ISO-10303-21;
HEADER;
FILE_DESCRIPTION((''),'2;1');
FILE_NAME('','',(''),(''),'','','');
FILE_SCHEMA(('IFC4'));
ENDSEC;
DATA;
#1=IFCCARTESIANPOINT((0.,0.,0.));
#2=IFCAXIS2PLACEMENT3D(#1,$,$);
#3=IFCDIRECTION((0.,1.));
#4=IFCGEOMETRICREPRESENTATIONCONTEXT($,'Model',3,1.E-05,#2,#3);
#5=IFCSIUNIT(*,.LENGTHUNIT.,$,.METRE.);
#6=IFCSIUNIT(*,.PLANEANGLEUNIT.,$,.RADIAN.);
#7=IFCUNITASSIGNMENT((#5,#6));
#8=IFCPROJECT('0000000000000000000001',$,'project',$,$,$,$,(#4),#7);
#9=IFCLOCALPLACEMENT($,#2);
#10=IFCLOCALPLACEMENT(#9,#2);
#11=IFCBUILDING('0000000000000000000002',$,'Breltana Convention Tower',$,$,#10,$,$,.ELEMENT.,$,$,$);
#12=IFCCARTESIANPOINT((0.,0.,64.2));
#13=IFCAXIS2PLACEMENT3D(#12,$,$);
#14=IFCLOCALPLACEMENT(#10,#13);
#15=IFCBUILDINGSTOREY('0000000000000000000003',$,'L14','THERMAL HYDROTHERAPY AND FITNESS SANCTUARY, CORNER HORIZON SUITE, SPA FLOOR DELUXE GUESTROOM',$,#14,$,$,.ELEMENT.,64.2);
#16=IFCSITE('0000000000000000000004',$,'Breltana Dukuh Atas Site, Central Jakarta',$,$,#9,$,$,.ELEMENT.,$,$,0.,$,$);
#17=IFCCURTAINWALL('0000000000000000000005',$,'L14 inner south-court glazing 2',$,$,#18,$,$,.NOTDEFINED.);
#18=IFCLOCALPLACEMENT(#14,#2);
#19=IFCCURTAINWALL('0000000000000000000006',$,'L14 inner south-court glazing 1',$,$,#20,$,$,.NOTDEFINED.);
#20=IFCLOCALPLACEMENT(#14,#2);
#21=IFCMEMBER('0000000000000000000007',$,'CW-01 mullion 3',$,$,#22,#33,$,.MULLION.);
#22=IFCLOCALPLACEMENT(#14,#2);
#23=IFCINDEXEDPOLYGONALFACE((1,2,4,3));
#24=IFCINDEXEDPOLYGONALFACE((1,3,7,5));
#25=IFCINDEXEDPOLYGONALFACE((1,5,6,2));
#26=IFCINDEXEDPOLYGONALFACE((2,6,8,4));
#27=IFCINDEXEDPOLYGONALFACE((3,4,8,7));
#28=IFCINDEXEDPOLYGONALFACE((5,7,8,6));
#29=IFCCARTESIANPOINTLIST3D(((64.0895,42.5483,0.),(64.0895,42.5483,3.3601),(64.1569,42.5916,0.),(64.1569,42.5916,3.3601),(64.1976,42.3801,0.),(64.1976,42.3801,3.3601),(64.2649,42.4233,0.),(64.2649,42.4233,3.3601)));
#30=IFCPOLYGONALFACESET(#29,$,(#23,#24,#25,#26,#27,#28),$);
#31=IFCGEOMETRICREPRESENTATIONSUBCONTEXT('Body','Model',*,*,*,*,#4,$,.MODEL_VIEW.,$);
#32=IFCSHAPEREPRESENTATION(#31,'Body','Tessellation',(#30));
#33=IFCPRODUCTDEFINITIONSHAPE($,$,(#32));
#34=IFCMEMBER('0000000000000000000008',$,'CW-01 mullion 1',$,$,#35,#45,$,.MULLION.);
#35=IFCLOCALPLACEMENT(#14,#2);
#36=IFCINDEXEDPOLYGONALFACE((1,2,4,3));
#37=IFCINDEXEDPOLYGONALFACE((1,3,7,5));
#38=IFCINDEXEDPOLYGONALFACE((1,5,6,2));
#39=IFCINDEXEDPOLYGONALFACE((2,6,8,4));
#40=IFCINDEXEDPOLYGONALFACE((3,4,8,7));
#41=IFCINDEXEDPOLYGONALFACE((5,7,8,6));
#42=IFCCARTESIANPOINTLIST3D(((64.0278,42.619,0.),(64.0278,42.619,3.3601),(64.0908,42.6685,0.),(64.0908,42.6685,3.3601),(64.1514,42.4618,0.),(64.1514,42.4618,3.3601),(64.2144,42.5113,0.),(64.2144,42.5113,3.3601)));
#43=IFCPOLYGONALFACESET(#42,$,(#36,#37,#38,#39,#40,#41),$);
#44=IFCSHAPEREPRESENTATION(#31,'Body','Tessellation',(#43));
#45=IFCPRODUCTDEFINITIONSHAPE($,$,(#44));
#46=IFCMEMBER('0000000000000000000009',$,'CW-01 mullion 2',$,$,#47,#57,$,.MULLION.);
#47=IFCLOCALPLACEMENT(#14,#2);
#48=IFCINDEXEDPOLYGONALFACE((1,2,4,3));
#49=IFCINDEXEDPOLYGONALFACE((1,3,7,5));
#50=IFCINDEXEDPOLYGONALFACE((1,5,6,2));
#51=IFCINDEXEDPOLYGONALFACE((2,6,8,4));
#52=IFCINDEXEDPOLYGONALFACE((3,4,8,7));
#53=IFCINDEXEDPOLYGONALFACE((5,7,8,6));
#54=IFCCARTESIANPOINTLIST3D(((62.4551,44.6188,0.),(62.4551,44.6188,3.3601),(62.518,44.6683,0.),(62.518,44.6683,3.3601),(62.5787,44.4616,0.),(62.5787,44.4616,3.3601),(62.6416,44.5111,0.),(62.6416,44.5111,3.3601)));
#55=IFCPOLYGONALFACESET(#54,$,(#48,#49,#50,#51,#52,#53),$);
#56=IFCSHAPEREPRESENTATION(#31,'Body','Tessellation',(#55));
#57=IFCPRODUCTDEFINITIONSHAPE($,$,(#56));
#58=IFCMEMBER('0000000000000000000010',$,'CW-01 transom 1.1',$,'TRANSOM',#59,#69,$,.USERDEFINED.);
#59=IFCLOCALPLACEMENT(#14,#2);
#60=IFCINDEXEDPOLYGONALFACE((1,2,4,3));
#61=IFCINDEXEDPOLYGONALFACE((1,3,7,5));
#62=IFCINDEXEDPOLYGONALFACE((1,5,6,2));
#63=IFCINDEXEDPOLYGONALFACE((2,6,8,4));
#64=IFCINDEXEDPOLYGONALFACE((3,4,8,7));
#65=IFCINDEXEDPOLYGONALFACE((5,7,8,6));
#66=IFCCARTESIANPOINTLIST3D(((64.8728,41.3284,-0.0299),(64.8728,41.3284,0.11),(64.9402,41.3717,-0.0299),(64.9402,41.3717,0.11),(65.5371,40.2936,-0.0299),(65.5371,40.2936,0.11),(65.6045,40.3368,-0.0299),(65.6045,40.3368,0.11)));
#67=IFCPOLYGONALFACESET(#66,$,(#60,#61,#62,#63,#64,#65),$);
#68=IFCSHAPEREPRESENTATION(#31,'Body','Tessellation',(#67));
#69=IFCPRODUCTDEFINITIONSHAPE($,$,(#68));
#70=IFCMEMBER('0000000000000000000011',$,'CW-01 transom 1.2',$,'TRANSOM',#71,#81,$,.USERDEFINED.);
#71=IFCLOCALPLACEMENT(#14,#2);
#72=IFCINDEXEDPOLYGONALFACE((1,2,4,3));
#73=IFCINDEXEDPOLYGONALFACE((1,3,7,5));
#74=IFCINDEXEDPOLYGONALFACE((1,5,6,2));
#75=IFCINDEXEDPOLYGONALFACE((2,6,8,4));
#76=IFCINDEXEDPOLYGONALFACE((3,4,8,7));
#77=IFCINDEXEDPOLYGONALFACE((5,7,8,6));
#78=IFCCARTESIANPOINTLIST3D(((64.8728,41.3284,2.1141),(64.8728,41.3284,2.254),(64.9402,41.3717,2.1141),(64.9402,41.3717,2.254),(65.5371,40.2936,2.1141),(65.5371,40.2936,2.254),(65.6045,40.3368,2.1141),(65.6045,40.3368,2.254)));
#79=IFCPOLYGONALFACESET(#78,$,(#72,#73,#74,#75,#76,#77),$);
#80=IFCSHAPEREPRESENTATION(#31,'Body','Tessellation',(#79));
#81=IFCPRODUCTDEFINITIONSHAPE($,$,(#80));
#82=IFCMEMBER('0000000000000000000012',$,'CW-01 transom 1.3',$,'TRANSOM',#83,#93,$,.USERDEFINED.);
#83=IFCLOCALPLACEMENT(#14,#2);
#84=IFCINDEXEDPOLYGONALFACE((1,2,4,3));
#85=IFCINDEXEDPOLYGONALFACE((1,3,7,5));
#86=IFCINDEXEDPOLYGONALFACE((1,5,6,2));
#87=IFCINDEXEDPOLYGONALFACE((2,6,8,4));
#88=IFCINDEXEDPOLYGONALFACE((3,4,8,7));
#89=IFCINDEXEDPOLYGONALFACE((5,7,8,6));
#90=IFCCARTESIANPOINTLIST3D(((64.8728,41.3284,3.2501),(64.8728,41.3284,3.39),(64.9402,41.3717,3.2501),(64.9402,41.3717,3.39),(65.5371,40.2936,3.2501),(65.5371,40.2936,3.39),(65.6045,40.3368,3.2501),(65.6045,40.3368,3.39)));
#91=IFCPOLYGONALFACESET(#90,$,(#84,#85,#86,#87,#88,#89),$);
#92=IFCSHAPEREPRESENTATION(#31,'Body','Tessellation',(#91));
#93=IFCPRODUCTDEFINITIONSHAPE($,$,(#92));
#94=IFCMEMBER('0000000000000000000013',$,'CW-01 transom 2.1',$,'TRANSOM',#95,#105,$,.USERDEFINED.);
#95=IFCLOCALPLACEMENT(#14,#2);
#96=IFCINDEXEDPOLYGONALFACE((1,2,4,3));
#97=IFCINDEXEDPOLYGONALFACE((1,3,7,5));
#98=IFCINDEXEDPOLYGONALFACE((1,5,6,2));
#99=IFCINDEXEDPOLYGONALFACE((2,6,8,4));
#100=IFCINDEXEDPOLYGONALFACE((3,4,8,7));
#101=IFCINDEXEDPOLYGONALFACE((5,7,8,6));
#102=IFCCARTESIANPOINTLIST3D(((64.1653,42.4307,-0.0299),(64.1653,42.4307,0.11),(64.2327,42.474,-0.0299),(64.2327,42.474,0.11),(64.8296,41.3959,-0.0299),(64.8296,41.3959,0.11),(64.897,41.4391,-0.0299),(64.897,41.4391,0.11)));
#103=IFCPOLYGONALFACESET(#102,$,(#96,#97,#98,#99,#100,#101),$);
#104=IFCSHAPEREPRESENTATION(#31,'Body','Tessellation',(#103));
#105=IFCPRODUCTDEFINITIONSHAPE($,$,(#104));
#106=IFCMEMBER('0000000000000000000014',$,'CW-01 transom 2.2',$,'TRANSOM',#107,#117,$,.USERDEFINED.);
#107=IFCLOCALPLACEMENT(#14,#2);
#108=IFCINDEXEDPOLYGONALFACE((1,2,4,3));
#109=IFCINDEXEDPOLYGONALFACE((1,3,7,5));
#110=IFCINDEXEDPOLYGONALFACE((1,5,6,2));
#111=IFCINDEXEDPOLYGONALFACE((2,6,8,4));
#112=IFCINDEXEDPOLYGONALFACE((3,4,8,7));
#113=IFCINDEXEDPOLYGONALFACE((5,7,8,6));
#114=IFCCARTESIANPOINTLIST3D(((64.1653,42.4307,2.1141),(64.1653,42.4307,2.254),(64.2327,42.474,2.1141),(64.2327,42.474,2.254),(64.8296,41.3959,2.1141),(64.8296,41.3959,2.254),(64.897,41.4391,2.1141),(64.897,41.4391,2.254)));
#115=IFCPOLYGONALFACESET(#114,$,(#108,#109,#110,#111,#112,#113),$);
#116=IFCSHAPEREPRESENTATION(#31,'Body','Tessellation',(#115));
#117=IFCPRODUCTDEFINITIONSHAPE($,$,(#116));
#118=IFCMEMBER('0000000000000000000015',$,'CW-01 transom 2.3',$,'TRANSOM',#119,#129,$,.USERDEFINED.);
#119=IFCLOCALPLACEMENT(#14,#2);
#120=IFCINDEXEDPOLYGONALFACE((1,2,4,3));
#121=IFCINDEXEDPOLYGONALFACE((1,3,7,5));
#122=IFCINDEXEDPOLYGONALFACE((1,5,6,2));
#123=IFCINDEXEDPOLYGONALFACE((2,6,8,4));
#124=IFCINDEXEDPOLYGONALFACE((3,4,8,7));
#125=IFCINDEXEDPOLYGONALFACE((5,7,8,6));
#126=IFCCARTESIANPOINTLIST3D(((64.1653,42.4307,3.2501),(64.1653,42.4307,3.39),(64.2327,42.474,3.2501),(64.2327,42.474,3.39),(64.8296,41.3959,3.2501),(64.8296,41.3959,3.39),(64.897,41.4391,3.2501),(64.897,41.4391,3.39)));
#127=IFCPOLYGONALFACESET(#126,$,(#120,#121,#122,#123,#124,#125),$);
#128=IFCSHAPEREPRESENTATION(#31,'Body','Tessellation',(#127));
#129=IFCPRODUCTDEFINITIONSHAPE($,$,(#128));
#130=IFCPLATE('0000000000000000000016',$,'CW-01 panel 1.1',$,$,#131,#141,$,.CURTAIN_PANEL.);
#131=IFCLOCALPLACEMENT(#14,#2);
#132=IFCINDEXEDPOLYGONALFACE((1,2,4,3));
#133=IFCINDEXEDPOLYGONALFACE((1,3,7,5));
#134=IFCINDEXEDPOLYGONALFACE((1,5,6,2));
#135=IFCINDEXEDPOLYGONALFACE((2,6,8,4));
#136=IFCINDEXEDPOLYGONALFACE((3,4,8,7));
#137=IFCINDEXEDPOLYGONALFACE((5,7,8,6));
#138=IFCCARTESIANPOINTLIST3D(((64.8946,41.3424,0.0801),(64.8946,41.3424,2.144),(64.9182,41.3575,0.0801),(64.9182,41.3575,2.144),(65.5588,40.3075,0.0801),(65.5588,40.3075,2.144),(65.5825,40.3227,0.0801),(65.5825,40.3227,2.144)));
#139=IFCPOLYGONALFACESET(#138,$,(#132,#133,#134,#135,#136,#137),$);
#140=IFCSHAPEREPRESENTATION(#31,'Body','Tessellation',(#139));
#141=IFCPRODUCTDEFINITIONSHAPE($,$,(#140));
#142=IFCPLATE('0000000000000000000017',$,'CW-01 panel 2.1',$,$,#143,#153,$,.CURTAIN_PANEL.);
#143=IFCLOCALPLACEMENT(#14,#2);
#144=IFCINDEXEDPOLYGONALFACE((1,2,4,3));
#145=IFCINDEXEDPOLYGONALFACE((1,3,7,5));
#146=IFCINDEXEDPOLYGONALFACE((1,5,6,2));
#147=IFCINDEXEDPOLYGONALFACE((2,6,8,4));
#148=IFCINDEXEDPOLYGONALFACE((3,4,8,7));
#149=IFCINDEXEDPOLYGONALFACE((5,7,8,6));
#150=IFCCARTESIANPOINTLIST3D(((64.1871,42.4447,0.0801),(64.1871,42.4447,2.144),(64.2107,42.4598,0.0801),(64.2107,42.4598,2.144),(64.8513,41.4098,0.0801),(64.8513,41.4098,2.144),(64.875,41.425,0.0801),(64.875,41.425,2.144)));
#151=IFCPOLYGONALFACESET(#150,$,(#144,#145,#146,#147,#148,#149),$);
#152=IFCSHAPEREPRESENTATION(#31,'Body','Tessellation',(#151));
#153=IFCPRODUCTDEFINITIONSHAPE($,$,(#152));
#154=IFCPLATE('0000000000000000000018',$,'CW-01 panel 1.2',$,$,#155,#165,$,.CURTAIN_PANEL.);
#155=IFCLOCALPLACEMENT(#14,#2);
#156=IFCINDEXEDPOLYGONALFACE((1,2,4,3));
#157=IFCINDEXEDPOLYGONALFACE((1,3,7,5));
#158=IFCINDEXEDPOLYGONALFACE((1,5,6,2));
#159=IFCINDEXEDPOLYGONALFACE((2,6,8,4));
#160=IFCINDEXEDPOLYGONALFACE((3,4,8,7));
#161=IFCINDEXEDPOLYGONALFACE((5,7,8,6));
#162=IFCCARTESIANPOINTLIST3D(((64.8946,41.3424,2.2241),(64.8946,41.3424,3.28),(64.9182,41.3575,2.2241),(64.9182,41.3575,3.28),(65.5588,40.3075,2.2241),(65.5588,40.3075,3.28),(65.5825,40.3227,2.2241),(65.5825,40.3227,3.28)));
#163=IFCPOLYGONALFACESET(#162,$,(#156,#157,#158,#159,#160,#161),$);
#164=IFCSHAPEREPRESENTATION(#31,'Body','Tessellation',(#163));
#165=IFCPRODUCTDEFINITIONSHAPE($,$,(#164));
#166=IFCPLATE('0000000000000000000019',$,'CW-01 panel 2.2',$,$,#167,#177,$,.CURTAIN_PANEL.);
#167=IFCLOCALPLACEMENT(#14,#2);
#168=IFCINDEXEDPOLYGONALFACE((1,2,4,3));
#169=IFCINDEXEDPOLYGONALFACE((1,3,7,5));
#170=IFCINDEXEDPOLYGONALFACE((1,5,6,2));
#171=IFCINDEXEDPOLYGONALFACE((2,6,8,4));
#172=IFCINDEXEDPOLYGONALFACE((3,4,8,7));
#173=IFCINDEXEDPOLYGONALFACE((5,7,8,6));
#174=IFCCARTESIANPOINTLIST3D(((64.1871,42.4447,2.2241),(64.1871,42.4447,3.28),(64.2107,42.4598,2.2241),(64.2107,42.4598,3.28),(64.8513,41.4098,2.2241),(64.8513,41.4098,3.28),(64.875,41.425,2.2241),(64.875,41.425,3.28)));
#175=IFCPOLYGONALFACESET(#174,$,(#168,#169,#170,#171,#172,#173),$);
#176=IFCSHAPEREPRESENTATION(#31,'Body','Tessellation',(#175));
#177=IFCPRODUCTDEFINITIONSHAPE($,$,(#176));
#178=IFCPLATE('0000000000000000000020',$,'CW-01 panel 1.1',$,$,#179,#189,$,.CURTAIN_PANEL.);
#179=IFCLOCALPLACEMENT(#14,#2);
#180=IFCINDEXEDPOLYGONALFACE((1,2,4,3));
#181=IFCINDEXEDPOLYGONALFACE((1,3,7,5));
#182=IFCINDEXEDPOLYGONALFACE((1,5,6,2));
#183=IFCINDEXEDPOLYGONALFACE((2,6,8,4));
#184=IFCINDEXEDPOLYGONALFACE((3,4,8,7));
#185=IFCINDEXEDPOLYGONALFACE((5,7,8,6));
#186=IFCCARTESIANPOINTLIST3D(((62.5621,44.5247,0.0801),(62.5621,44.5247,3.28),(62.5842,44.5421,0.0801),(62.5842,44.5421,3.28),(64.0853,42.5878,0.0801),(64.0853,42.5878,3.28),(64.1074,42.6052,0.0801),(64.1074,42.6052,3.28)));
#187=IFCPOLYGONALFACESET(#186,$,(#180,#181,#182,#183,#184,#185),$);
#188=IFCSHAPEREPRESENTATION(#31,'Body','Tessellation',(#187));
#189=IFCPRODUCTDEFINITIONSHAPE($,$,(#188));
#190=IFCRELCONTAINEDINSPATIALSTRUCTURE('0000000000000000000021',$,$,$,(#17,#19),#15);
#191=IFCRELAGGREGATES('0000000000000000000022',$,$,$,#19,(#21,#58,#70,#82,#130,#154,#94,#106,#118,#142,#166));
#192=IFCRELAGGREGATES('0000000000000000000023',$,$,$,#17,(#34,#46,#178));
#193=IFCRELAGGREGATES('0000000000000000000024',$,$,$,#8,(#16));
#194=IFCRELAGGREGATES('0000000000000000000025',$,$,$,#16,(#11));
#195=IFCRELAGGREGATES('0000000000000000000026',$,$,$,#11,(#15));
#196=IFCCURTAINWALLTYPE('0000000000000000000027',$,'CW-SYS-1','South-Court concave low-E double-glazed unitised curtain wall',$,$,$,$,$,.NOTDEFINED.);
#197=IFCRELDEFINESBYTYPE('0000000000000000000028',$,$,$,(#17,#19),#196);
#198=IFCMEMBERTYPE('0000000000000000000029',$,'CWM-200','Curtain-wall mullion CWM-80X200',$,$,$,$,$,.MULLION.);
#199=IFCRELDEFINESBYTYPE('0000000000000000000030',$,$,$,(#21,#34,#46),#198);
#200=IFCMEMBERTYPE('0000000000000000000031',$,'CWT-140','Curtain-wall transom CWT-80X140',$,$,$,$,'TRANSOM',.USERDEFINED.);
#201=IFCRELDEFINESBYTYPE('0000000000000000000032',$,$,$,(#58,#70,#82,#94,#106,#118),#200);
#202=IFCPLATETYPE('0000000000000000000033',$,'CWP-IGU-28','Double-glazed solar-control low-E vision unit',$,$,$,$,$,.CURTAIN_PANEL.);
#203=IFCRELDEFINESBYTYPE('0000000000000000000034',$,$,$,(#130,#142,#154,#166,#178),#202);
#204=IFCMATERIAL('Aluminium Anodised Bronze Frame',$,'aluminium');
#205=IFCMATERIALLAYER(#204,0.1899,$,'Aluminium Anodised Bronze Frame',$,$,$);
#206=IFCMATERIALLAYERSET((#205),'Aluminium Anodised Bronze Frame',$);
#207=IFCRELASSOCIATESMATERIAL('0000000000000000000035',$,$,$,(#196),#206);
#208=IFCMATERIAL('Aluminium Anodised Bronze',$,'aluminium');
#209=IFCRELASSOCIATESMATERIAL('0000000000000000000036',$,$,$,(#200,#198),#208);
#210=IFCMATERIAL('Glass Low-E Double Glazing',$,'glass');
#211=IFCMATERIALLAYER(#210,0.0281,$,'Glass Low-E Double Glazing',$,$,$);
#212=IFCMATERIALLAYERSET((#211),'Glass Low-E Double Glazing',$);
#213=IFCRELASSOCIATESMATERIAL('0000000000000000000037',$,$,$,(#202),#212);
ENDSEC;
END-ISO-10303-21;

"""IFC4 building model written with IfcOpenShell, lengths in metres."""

from ifc_helpers import new_model, si_unit, direction, frame, origin, origin_2d, place, context, subcontext, project, spatial, rectangle, extrude, source, transform, mapped, material, layer, layer_set, material_profile, profile_set, type_object, element, aggregate, save


model = new_model("IFC4")

# Units and contexts
model_context = context("Model", 3, precision=1e-05, world=origin(), true_north=direction((0.0, 1.0)))
body_context = subcontext(model_context, "Body", "Model", "MODEL_VIEW")
ifc_project = project(units=[si_unit("LENGTHUNIT", "METRE"), si_unit("PLANEANGLEUNIT", "RADIAN")], contexts=[model_context])

# Site, building, storey
site_placement = place(None, origin())
site = spatial("IfcSite", under=ifc_project, at=site_placement, Name="Breltana Dukuh Atas Site, Central Jakarta", CompositionType="ELEMENT", RefElevation=0.0)
building_placement = place(site_placement, origin())
building = spatial("IfcBuilding", under=site, at=building_placement, Name="Breltana Convention Tower", CompositionType="ELEMENT")
storey_placement = place(building_placement, frame((0.0, 0.0, 64.2)))
storey = spatial("IfcBuildingStorey", under=building, at=storey_placement, Name="L14", Description="THERMAL HYDROTHERAPY AND FITNESS SANCTUARY, CORNER HORIZON SUITE, SPA FLOOR DELUXE GUESTROOM", CompositionType="ELEMENT", Elevation=64.2)

# Curtain walls, member
ifc_material_1 = material(Name="Aluminium Anodised Bronze Frame", Category="aluminium")
ifc_layer_1 = layer(ifc_material_1, 0.1899, Name="Aluminium Anodised Bronze Frame")
ifc_layer_set_1 = layer_set([ifc_layer_1], Name="Aluminium Anodised Bronze Frame")
curtain_wall_type = type_object("IfcCurtainWallType", Name="CW-SYS-1", Description="South-Court concave low-E double-glazed unitised curtain wall", PredefinedType="NOTDEFINED", material=ifc_layer_set_1)
curtain_wall_1_placement = place(storey_placement, origin())
curtain_wall_1 = element("IfcCurtainWall", 1, at=curtain_wall_1_placement, inside=storey, type_object=curtain_wall_type, Name="L14 inner south-court glazing 2", PredefinedType="NOTDEFINED")
ifc_material_2 = material(Name="Aluminium Anodised Bronze", Category="aluminium")
ifc_material_profile_1 = material_profile(ifc_material_2, rectangle(XDim=0.0801, YDim=0.1399, at=origin_2d()), Name="CWT-80X140")
ifc_profile_set_1 = profile_set([ifc_material_profile_1], Name="Aluminium Anodised Bronze")
member_type_1 = type_object("IfcMemberType", Name="CWT-140", Description="Curtain-wall transom CWT-80X140", ElementType="TRANSOM", PredefinedType="USERDEFINED", material=ifc_profile_set_1)
curtain_wall_2_placement = place(storey_placement, origin())
curtain_wall_2 = element("IfcCurtainWall", 2, at=curtain_wall_2_placement, inside=storey, type_object=curtain_wall_type, Name="L14 inner south-court glazing 1", PredefinedType="NOTDEFINED")
ifc_material_profile_2 = material_profile(ifc_material_2, rectangle(XDim=0.0801, YDim=0.2, at=origin_2d()), Name="CWM-80X200")
ifc_profile_set_2 = profile_set([ifc_material_profile_2], Name="Aluminium Anodised Bronze")
member_type_2 = type_object("IfcMemberType", Name="CWM-200", Description="Curtain-wall mullion CWM-80X200", PredefinedType="MULLION", material=ifc_profile_set_2)
shared_shape_1 = source(origin(), body_context, "Body", "SweptSolid", [
    extrude(rectangle(XDim=0.0801, YDim=0.2, at=origin_2d()), origin(), (0.0, 0.0, 1.0), 3.3601),
])
member_1_placement = place(storey_placement, frame((64.1772, 42.4858, 0.0), z_axis=(0.0, 0.0, 1.0), x_axis=(-0.841556, -0.54017, 0.0)))
member_1 = element("IfcMember", 3, at=member_1_placement, type_object=member_type_2, Name="CW-01 mullion 3", PredefinedType="MULLION", context=body_context, shape_type="MappedRepresentation", body=[
    mapped(shared_shape_1, transform((0.0, 0.0, 0.0), scale=1.0)),
])

# Members
member_2_placement = place(storey_placement, frame((64.1211, 42.5652, 0.0), z_axis=(0.0, 0.0, 1.0), x_axis=(-0.786058, -0.618153, 0.0)))
member_2 = element("IfcMember", 4, at=member_2_placement, type_object=member_type_2, Name="CW-01 mullion 1", PredefinedType="MULLION", context=body_context, shape_type="MappedRepresentation", body=[
    mapped(shared_shape_1, transform((0.0, 0.0, 0.0), scale=1.0)),
])
member_3_placement = place(storey_placement, frame((62.5483, 44.5649, 0.0), z_axis=(0.0, 0.0, 1.0), x_axis=(-0.786058, -0.618153, 0.0)))
member_3 = element("IfcMember", 5, at=member_3_placement, type_object=member_type_2, Name="CW-01 mullion 2", PredefinedType="MULLION", context=body_context, shape_type="MappedRepresentation", body=[
    mapped(shared_shape_1, transform((0.0, 0.0, 0.0), scale=1.0)),
])
shared_shape_2 = source(origin(), body_context, "Body", "SweptSolid", [
    extrude(rectangle(XDim=0.0801, YDim=0.1399, at=origin_2d()), origin(), (0.0, 0.0, 1.0), 1.2297),
])
member_4_placement = place(storey_placement, frame((65.5708, 40.3152, 0.04), z_axis=(-0.540186, 0.841546, 0.0), x_axis=(-0.841546, -0.540186, 0.0)))
member_4 = element("IfcMember", 6, at=member_4_placement, type_object=member_type_1, Name="CW-01 transom 1.1", ObjectType="TRANSOM", PredefinedType="USERDEFINED", context=body_context, shape_type="MappedRepresentation", body=[
    mapped(shared_shape_2, transform((0.0, 0.0, 0.0), scale=1.0)),
])
member_5_placement = place(storey_placement, frame((65.5708, 40.3152, 2.1841), z_axis=(-0.540186, 0.841546, 0.0), x_axis=(-0.841546, -0.540186, 0.0)))
member_5 = element("IfcMember", 7, at=member_5_placement, type_object=member_type_1, Name="CW-01 transom 1.2", ObjectType="TRANSOM", PredefinedType="USERDEFINED", context=body_context, shape_type="MappedRepresentation", body=[
    mapped(shared_shape_2, transform((0.0, 0.0, 0.0), scale=1.0)),
])
member_6_placement = place(storey_placement, frame((65.5708, 40.3152, 3.3201), z_axis=(-0.540186, 0.841546, 0.0), x_axis=(-0.841546, -0.540186, 0.0)))
member_6 = element("IfcMember", 8, at=member_6_placement, type_object=member_type_1, Name="CW-01 transom 1.3", ObjectType="TRANSOM", PredefinedType="USERDEFINED", context=body_context, shape_type="MappedRepresentation", body=[
    mapped(shared_shape_2, transform((0.0, 0.0, 0.0), scale=1.0)),
])
member_7_placement = place(storey_placement, frame((64.8633, 41.4175, 0.04), z_axis=(-0.540186, 0.841546, 0.0), x_axis=(-0.841546, -0.540186, 0.0)))
member_7 = element("IfcMember", 9, at=member_7_placement, type_object=member_type_1, Name="CW-01 transom 2.1", ObjectType="TRANSOM", PredefinedType="USERDEFINED", context=body_context, shape_type="MappedRepresentation", body=[
    mapped(shared_shape_2, transform((0.0, 0.0, 0.0), scale=1.0)),
])
member_8_placement = place(storey_placement, frame((64.8633, 41.4175, 2.1841), z_axis=(-0.540186, 0.841546, 0.0), x_axis=(-0.841546, -0.540186, 0.0)))
member_8 = element("IfcMember", 10, at=member_8_placement, type_object=member_type_1, Name="CW-01 transom 2.2", ObjectType="TRANSOM", PredefinedType="USERDEFINED", context=body_context, shape_type="MappedRepresentation", body=[
    mapped(shared_shape_2, transform((0.0, 0.0, 0.0), scale=1.0)),
])
member_9_placement = place(storey_placement, frame((64.8633, 41.4175, 3.3201), z_axis=(-0.540186, 0.841546, 0.0), x_axis=(-0.841546, -0.540186, 0.0)))
member_9 = element("IfcMember", 11, at=member_9_placement, type_object=member_type_1, Name="CW-01 transom 2.3", ObjectType="TRANSOM", PredefinedType="USERDEFINED", context=body_context, shape_type="MappedRepresentation", body=[
    mapped(shared_shape_2, transform((0.0, 0.0, 0.0), scale=1.0)),
])

# Plates
ifc_material_3 = material(Name="Glass Low-E Double Glazing", Category="glass")
ifc_layer_2 = layer(ifc_material_3, 0.0281, Name="Glass Low-E Double Glazing")
ifc_layer_set_2 = layer_set([ifc_layer_2], Name="Glass Low-E Double Glazing")
plate_type = type_object("IfcPlateType", Name="CWP-IGU-28", Description="Double-glazed solar-control low-E vision unit", PredefinedType="CURTAIN_PANEL", material=ifc_layer_set_2)
shared_shape_3 = source(origin(), body_context, "Body", "SweptSolid", [
    extrude(rectangle(XDim=1.2297, YDim=0.0281, at=origin_2d()), origin(), (0.0, 0.0, 1.0), 2.064),
])
plate_1_placement = place(storey_placement, frame((65.2385, 40.8325, 0.0801), z_axis=(0.0, 0.0, 1.0), x_axis=(-0.54017, 0.841556, 0.0)))
plate_1 = element("IfcPlate", 12, at=plate_1_placement, type_object=plate_type, Name="CW-01 panel 1.1", PredefinedType="CURTAIN_PANEL", context=body_context, shape_type="MappedRepresentation", body=[
    mapped(shared_shape_3, transform((0.0, 0.0, 0.0), scale=1.0)),
])
plate_2_placement = place(storey_placement, frame((64.531, 41.9348, 0.0801), z_axis=(0.0, 0.0, 1.0), x_axis=(-0.54017, 0.841556, 0.0)))
plate_2 = element("IfcPlate", 13, at=plate_2_placement, type_object=plate_type, Name="CW-01 panel 2.1", PredefinedType="CURTAIN_PANEL", context=body_context, shape_type="MappedRepresentation", body=[
    mapped(shared_shape_3, transform((0.0, 0.0, 0.0), scale=1.0)),
])
shared_shape_4 = source(origin(), body_context, "Body", "SweptSolid", [
    extrude(rectangle(XDim=1.2297, YDim=0.0281, at=origin_2d()), origin(), (0.0, 0.0, 1.0), 1.0559),
])
plate_3_placement = place(storey_placement, frame((65.2385, 40.8325, 2.2241), z_axis=(0.0, 0.0, 1.0), x_axis=(-0.54017, 0.841556, 0.0)))
plate_3 = element("IfcPlate", 14, at=plate_3_placement, type_object=plate_type, Name="CW-01 panel 1.2", PredefinedType="CURTAIN_PANEL", context=body_context, shape_type="MappedRepresentation", body=[
    mapped(shared_shape_4, transform((0.0, 0.0, 0.0), scale=1.0)),
])
plate_4_placement = place(storey_placement, frame((64.531, 41.9348, 2.2241), z_axis=(0.0, 0.0, 1.0), x_axis=(-0.54017, 0.841556, 0.0)))
plate_4 = element("IfcPlate", 15, at=plate_4_placement, type_object=plate_type, Name="CW-01 panel 2.2", PredefinedType="CURTAIN_PANEL", context=body_context, shape_type="MappedRepresentation", body=[
    mapped(shared_shape_4, transform((0.0, 0.0, 0.0), scale=1.0)),
])
aggregate(curtain_wall_2, [member_1, member_4, member_5, member_6, plate_1, plate_3, member_7, member_8, member_9, plate_2, plate_4])
shared_shape_5 = source(origin(), body_context, "Body", "SweptSolid", [
    extrude(rectangle(XDim=2.4641, YDim=0.0281, at=origin_2d()), origin(), (0.0, 0.0, 1.0), 3.2),
])
plate_5_placement = place(storey_placement, frame((63.3347, 43.5649, 0.0801), z_axis=(0.0, 0.0, 1.0), x_axis=(-0.618153, 0.786058, 0.0)))
plate_5 = element("IfcPlate", 16, at=plate_5_placement, type_object=plate_type, Name="CW-01 panel 1.1", PredefinedType="CURTAIN_PANEL", context=body_context, shape_type="MappedRepresentation", body=[
    mapped(shared_shape_5, transform((0.0, 0.0, 0.0), scale=1.0)),
])
aggregate(curtain_wall_1, [member_2, member_3, plate_5])

save(model, "model.ifc")
